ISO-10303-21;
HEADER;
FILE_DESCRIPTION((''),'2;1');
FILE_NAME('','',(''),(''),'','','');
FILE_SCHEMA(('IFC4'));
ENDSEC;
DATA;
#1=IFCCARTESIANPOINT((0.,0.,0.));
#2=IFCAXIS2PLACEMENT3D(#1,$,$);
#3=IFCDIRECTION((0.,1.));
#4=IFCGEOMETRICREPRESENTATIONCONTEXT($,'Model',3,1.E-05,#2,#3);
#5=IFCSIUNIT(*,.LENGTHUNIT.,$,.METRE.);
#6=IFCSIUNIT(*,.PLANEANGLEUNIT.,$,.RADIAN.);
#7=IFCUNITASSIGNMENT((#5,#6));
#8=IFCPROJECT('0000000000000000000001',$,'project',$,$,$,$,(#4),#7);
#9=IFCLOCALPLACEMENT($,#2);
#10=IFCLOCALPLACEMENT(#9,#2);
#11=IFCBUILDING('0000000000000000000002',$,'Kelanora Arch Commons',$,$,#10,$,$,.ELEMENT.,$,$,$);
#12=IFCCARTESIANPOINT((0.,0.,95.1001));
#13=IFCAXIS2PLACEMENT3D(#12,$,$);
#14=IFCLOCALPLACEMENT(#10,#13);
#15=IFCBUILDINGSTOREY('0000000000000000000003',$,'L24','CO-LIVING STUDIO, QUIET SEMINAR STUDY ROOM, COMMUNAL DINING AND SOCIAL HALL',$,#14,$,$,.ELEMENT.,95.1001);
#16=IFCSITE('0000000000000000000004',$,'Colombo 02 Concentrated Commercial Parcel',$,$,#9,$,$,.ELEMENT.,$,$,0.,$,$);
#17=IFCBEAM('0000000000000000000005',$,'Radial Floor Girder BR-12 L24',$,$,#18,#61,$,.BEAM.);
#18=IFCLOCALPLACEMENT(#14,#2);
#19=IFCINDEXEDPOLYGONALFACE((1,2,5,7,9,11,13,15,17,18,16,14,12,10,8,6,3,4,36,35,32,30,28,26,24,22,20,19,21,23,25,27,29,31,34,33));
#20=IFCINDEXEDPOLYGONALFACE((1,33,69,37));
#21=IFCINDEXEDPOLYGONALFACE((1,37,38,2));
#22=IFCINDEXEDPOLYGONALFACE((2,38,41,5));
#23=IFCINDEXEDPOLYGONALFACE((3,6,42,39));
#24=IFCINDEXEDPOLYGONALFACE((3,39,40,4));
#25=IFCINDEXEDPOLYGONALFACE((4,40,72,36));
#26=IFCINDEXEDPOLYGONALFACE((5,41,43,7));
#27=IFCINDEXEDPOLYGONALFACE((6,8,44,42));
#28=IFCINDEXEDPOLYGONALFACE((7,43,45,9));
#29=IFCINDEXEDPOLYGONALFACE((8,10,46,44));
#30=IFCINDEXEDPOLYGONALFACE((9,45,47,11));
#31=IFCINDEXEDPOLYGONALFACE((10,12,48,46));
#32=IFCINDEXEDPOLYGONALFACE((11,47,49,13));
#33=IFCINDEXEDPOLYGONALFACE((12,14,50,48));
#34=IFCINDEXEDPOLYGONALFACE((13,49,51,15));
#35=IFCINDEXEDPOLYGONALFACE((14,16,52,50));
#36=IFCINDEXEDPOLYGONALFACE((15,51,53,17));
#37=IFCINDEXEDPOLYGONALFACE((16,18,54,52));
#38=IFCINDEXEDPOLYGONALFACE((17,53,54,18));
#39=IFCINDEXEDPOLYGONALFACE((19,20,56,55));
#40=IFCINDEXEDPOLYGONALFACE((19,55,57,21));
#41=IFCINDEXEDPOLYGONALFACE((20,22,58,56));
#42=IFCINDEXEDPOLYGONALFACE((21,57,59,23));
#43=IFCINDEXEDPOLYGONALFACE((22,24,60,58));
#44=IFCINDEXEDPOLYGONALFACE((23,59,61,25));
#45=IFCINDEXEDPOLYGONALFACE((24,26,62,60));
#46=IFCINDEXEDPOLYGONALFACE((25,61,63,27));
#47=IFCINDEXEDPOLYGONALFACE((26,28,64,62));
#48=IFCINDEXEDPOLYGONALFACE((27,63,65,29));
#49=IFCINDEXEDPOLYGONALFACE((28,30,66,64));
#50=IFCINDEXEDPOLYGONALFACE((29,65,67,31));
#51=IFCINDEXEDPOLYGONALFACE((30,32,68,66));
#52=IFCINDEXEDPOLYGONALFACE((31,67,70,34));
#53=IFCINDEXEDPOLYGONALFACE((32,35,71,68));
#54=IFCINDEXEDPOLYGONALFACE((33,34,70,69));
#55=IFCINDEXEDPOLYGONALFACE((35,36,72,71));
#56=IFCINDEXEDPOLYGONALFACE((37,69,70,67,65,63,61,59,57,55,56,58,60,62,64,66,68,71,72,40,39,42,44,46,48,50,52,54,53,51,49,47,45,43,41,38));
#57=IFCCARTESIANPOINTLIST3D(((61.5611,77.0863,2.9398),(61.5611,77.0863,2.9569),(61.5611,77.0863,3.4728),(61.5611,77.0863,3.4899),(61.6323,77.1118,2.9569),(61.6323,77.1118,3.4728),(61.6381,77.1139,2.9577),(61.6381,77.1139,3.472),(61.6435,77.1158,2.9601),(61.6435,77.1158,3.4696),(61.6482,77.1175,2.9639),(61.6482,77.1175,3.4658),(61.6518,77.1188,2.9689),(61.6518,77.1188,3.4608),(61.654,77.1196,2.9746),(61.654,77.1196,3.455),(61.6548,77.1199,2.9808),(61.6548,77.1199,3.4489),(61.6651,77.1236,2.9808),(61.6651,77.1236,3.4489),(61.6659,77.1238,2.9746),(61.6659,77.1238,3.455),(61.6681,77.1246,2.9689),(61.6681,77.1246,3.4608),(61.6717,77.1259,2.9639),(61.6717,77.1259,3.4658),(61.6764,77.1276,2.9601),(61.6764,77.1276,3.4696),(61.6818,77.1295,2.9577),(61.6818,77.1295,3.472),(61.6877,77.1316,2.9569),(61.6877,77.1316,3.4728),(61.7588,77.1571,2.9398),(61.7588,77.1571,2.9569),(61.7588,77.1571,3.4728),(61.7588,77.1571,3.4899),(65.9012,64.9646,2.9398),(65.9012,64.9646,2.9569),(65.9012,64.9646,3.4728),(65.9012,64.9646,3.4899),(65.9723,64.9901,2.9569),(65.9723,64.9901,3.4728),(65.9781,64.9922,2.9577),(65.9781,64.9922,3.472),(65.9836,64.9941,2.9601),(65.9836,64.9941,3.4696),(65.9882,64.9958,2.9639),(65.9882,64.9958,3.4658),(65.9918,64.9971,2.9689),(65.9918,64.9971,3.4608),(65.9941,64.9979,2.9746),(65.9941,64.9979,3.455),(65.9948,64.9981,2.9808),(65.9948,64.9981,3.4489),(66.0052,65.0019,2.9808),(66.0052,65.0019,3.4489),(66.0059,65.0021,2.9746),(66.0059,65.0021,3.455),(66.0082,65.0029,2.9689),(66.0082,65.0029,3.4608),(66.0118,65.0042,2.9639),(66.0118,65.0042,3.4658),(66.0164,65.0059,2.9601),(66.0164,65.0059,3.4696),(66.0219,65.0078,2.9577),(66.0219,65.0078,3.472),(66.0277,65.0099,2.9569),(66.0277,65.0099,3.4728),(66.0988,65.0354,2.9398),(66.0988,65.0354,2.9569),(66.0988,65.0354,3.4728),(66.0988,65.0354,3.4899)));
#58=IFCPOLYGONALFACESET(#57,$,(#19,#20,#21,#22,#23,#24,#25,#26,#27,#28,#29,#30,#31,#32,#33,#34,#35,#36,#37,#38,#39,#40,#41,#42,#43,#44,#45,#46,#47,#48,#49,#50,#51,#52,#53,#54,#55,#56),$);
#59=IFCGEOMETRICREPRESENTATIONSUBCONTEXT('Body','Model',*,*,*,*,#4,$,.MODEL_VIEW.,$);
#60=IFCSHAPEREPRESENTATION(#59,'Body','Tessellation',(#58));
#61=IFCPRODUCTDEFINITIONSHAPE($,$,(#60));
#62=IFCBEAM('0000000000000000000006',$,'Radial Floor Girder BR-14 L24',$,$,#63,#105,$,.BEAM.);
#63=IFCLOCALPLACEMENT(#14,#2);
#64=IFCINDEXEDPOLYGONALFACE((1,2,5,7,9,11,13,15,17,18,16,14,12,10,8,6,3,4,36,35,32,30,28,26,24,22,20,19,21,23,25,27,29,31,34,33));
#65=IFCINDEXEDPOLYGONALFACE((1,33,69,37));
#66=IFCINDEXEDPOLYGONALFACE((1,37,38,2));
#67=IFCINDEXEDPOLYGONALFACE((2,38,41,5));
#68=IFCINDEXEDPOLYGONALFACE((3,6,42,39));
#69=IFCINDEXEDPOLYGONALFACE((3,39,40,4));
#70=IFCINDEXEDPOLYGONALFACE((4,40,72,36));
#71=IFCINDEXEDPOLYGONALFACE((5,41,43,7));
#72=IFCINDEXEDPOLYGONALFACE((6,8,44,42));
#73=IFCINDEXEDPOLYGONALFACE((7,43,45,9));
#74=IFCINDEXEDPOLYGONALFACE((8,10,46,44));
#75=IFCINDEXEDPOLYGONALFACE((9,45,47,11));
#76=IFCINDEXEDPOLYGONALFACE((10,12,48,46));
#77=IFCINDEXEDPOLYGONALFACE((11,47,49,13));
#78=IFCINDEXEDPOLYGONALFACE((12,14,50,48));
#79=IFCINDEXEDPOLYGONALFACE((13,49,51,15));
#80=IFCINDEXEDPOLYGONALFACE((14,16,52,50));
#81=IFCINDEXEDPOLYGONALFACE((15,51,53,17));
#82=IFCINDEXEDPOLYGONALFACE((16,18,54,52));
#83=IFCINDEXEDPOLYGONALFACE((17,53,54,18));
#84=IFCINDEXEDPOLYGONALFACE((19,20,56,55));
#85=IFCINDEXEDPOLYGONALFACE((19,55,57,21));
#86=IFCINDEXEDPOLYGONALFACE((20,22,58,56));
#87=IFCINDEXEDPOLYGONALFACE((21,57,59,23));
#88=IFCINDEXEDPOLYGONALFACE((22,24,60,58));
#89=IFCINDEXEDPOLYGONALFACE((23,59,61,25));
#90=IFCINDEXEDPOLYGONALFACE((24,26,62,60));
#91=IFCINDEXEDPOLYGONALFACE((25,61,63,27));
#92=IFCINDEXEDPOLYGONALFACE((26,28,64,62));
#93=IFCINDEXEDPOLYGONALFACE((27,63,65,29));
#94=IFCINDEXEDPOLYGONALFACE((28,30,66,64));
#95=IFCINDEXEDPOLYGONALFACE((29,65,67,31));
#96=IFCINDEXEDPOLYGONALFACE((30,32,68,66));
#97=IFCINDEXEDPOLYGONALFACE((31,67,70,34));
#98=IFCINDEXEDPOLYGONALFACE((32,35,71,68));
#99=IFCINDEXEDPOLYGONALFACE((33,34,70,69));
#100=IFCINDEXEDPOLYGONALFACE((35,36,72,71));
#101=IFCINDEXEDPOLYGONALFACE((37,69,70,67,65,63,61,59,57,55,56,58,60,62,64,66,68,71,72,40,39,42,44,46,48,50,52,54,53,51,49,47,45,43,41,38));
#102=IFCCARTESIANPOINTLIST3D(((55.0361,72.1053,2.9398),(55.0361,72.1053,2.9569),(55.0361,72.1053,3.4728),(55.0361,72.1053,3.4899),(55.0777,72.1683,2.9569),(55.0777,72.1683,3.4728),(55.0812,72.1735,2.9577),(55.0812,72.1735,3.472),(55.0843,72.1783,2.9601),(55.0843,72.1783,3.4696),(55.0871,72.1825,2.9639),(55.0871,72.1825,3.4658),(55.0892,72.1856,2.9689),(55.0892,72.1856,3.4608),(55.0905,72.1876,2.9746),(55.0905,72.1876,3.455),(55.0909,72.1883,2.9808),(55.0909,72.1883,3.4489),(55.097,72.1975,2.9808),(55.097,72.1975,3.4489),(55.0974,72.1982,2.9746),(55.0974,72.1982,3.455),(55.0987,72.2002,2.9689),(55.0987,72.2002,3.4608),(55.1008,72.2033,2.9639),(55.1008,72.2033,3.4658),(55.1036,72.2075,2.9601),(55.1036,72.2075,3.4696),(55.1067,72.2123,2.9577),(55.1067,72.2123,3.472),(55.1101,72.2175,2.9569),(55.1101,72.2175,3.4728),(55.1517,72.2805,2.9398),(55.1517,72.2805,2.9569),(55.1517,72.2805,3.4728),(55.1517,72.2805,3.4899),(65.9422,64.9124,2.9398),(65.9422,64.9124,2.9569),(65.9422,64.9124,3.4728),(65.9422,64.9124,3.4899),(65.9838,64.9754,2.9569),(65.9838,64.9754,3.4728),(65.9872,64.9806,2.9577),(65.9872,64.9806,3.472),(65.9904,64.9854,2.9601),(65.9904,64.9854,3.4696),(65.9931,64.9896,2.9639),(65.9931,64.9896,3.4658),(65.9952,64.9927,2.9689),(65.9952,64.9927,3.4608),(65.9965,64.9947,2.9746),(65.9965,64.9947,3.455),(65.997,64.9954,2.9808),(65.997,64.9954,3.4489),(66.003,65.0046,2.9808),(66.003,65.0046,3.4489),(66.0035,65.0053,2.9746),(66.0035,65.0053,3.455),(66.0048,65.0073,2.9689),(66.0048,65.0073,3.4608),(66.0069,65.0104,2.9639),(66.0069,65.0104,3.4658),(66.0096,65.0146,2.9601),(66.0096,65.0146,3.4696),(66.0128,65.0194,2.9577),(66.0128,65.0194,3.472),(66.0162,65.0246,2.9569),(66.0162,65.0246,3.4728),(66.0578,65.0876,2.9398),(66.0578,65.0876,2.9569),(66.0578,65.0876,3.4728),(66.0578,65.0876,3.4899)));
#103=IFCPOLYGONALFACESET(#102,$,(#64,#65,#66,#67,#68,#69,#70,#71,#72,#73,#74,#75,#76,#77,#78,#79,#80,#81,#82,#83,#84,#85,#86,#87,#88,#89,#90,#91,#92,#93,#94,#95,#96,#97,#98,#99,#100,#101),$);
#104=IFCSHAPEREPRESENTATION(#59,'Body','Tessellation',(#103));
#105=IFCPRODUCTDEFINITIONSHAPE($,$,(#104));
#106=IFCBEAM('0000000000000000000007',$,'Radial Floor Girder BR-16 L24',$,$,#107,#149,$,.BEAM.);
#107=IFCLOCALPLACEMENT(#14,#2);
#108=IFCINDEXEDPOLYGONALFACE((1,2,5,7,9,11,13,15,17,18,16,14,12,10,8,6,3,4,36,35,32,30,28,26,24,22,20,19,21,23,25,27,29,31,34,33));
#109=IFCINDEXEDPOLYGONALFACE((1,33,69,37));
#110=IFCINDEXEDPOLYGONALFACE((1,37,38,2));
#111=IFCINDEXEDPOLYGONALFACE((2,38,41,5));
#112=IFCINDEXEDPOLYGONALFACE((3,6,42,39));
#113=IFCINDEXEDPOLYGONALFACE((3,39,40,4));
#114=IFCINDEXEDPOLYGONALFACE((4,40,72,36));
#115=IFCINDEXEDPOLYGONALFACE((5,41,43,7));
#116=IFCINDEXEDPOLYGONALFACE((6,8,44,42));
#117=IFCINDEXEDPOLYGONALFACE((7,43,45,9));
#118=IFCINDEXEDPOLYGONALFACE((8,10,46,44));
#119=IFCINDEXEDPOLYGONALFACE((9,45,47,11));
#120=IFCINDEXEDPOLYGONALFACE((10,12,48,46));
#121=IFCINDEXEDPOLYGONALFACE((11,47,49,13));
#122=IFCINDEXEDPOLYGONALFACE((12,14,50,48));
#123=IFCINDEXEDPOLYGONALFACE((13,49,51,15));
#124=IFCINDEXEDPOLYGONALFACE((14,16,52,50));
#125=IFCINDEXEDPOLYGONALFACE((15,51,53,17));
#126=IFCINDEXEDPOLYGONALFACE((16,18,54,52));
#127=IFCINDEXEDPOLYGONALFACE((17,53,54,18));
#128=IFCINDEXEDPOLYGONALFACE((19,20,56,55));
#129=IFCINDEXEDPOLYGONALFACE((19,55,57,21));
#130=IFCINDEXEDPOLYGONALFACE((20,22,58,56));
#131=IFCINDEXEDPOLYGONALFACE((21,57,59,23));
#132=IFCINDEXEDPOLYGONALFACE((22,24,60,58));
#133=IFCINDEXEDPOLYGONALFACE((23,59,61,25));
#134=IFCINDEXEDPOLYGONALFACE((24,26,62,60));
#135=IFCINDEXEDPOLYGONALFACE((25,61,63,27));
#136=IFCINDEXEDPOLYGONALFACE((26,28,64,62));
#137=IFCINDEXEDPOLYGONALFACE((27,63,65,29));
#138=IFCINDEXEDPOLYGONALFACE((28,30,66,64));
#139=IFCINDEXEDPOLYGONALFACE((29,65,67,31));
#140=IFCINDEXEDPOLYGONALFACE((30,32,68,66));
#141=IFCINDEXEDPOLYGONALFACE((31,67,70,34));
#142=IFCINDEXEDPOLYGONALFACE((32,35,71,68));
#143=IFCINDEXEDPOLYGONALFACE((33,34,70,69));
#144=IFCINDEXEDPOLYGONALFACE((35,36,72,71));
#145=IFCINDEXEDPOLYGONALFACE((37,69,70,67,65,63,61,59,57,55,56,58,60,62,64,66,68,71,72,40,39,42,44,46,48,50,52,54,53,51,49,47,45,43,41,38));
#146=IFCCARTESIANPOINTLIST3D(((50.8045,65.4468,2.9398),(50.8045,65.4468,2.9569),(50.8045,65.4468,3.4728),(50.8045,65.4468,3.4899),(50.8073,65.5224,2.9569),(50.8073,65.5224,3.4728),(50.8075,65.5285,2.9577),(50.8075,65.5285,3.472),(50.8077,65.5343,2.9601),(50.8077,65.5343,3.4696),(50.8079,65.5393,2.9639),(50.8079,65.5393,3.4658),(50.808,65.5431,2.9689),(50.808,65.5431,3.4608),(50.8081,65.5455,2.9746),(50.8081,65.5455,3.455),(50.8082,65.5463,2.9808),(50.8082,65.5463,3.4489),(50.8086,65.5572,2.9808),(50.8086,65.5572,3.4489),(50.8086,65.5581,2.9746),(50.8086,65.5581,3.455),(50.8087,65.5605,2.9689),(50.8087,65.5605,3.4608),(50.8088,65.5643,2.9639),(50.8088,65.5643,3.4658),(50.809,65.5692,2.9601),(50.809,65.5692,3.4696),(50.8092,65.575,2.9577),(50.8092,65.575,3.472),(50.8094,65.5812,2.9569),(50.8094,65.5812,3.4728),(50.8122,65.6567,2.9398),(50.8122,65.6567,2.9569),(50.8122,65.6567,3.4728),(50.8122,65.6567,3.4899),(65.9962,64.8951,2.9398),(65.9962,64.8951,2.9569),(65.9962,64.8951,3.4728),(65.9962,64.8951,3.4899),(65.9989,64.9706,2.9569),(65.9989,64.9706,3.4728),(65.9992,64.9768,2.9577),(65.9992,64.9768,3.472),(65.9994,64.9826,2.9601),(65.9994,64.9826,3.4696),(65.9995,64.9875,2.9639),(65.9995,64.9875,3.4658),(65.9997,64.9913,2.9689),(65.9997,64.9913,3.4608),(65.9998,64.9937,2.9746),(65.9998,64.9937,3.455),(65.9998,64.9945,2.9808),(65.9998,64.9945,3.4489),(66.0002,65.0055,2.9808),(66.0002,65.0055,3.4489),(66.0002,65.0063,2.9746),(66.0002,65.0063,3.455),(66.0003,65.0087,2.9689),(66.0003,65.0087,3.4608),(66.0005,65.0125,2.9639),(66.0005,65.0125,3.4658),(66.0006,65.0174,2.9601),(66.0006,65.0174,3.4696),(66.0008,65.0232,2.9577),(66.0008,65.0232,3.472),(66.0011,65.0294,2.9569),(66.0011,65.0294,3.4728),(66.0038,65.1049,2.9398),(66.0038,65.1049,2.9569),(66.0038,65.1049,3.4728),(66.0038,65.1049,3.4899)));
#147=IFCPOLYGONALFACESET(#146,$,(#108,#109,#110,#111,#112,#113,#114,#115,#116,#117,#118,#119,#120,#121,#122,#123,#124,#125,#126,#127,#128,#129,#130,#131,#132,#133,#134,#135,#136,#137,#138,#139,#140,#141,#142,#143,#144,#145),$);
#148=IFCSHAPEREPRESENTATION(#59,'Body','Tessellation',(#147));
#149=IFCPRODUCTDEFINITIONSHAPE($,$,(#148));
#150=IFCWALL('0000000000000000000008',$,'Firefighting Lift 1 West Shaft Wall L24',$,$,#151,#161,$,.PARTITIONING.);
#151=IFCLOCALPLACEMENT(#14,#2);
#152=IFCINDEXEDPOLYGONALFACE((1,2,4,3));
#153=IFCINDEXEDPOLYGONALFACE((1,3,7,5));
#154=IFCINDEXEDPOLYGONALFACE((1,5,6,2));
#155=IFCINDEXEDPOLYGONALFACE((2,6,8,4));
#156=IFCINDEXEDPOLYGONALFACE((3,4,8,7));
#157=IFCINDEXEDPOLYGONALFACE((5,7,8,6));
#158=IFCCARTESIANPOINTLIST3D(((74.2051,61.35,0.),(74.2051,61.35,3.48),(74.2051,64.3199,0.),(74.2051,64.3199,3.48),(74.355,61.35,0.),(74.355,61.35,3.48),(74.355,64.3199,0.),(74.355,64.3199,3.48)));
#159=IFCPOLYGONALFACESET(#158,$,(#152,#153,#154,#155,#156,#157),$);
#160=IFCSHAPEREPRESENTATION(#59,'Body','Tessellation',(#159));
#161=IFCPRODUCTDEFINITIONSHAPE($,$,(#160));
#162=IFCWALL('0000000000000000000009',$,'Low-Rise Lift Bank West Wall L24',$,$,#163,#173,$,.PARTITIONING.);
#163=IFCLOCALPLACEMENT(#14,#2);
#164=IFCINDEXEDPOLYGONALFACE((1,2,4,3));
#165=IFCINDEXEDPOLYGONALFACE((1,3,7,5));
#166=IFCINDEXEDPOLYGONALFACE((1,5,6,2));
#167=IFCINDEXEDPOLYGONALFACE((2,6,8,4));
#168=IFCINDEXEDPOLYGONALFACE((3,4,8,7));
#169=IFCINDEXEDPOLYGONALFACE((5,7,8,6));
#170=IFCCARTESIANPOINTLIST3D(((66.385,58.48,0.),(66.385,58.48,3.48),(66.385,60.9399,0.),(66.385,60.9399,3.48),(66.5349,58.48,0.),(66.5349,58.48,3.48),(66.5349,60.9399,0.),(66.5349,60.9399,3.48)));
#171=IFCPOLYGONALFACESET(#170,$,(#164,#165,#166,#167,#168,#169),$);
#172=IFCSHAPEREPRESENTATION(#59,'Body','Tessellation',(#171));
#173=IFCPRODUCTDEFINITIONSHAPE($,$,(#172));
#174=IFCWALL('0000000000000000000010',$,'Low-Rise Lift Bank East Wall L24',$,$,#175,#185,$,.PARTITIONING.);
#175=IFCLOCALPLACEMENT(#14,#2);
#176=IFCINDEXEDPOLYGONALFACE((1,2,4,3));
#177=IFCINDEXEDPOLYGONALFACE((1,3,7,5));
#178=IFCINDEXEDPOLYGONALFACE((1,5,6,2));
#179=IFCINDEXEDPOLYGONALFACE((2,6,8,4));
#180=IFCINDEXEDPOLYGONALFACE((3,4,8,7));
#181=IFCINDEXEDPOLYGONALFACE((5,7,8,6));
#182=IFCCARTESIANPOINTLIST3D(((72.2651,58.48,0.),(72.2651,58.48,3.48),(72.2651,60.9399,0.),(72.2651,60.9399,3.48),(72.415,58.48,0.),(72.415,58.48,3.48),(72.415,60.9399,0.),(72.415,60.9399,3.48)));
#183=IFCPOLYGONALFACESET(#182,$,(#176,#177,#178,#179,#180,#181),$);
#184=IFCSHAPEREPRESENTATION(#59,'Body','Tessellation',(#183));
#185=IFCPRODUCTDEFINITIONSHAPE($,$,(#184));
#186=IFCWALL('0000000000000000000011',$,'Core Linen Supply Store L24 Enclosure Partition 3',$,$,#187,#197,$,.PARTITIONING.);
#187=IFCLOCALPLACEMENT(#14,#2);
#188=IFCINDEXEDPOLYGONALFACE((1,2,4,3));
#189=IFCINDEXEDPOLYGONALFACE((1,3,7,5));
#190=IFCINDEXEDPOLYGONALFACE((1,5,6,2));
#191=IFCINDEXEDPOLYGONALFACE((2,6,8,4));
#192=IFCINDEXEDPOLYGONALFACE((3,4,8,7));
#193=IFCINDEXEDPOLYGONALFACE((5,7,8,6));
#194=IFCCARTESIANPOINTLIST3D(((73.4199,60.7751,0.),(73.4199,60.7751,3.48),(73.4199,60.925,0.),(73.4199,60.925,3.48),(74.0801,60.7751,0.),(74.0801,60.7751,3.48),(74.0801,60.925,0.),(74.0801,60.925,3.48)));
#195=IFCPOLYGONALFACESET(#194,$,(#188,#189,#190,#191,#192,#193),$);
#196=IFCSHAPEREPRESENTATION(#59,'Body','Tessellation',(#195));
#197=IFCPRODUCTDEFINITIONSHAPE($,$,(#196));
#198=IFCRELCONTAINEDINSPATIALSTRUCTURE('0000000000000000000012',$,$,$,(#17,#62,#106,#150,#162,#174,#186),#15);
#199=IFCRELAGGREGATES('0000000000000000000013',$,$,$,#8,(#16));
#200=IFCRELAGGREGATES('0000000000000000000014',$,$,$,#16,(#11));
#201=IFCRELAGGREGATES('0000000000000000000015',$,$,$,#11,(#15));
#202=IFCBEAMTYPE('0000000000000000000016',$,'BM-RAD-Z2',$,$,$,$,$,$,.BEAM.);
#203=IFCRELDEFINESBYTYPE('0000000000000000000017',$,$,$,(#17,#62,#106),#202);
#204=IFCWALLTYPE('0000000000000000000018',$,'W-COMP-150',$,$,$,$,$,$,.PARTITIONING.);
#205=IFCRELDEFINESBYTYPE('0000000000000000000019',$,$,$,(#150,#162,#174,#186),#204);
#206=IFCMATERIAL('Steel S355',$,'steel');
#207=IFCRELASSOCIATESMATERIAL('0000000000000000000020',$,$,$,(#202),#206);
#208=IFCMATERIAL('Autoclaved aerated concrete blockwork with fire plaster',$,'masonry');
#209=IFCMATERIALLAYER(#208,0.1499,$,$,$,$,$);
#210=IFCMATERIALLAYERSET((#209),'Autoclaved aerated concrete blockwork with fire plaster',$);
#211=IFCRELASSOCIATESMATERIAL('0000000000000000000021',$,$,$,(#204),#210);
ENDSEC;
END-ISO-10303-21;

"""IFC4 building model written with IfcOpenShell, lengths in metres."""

from ifc_helpers import new_model, si_unit, direction, frame, frame_2d, origin, origin_2d, place, context, subcontext, project, spatial, rectangle, i_section, extrude, material, layer, layer_set, material_profile, profile_set, type_object, element, save


model = new_model("IFC4")

# Units and contexts
model_context = context("Model", 3, precision=1e-05, world=origin(), true_north=direction((0.0, 1.0)))
body_context = subcontext(model_context, "Body", "Model", "MODEL_VIEW")
ifc_project = project(units=[si_unit("LENGTHUNIT", "METRE"), si_unit("PLANEANGLEUNIT", "RADIAN")], contexts=[model_context])

# Site, building, storey
site_placement = place(None, origin())
site = spatial("IfcSite", under=ifc_project, at=site_placement, Name="Colombo 02 Concentrated Commercial Parcel", CompositionType="ELEMENT", RefElevation=0.0)
building_placement = place(site_placement, origin())
building = spatial("IfcBuilding", under=site, at=building_placement, Name="Kelanora Arch Commons", CompositionType="ELEMENT")
storey_placement = place(building_placement, frame((0.0, 0.0, 95.1001)))
storey = spatial("IfcBuildingStorey", under=building, at=storey_placement, Name="L24", Description="CO-LIVING STUDIO, QUIET SEMINAR STUDY ROOM, COMMUNAL DINING AND SOCIAL HALL", CompositionType="ELEMENT", Elevation=95.1001)

# Beams
ifc_material_1 = material(Name="Steel S355", Category="steel")
ifc_material_profile_1 = material_profile(ifc_material_1, i_section(OverallWidth=0.21, OverallDepth=0.55, WebThickness=0.011, FlangeThickness=0.0171, FilletRadius=0.0239, at=origin_2d()), Name="IPE550")
ifc_profile_set_1 = profile_set([ifc_material_profile_1], Name="Steel S355")
beam_type_1 = type_object("IfcBeamType", Name="BM-RAD-Z2", PredefinedType="BEAM", material=ifc_profile_set_1)
beam_1_placement = place(storey_placement, frame((66.0, 65.0, 3.2148), z_axis=(-0.337085, 0.941474, 0.0), x_axis=(-0.941474, -0.337085, 0.0)))
element("IfcBeam", 1, at=beam_1_placement, inside=storey, type_object=beam_type_1, Name="Radial Floor Girder BR-12 L24", PredefinedType="BEAM", context=body_context, shape_type="SweptSolid", body=[
    extrude(i_section(OverallWidth=0.21, OverallDepth=0.55, WebThickness=0.011, FlangeThickness=0.0171, FilletRadius=0.0239, at=origin_2d()), origin(), (0.0, 0.0, 1.0), 12.8752),
])
beam_2_placement = place(storey_placement, frame((66.0, 65.0, 3.2148), z_axis=(-0.834789, 0.550571, 0.0), x_axis=(-0.550571, -0.834789, 0.0)))
element("IfcBeam", 2, at=beam_2_placement, inside=storey, type_object=beam_type_1, Name="Radial Floor Girder BR-14 L24", PredefinedType="BEAM", context=body_context, shape_type="SweptSolid", body=[
    extrude(i_section(OverallWidth=0.21, OverallDepth=0.55, WebThickness=0.011, FlangeThickness=0.0171, FilletRadius=0.0239, at=origin_2d()), origin(), (0.0, 0.0, 1.0), 13.0645),
])
beam_3_placement = place(storey_placement, frame((66.0, 65.0, 3.2148), z_axis=(-0.999341, 0.036296, 0.0), x_axis=(-0.036296, -0.999341, 0.0)))
element("IfcBeam", 3, at=beam_3_placement, inside=storey, type_object=beam_type_1, Name="Radial Floor Girder BR-16 L24", PredefinedType="BEAM", context=body_context, shape_type="SweptSolid", body=[
    extrude(i_section(OverallWidth=0.21, OverallDepth=0.55, WebThickness=0.011, FlangeThickness=0.0171, FilletRadius=0.0239, at=origin_2d()), origin(), (0.0, 0.0, 1.0), 15.2017),
])

# Walls
ifc_material_2 = material(Name="Autoclaved aerated concrete blockwork with fire plaster", Category="masonry")
ifc_layer_1 = layer(ifc_material_2, 0.1499)
ifc_layer_set_1 = layer_set([ifc_layer_1], Name="Autoclaved aerated concrete blockwork with fire plaster")
wall_type_1 = type_object("IfcWallType", Name="W-COMP-150", PredefinedType="PARTITIONING", material=ifc_layer_set_1)
wall_1_placement = place(storey_placement, frame((74.28, 61.3501, 0.0), z_axis=(0.0, 0.0, 1.0), x_axis=(0.0, 1.0, 0.0)))
element("IfcWall", 4, at=wall_1_placement, inside=storey, type_object=wall_type_1, Name="Firefighting Lift 1 West Shaft Wall L24", PredefinedType="PARTITIONING", context=body_context, shape_type="SweptSolid", body=[
    extrude(rectangle(XDim=2.97, YDim=0.1499, at=frame_2d((1.4849, 0.0))), origin(), (0.0, 0.0, 1.0), 3.48),
])
for number, where, z_axis, x_axis, name in (
    (5, (66.46, 58.48, 0.0), (0.0, 0.0, 1.0), (0.0, 1.0, 0.0), "Low-Rise Lift Bank West Wall L24"),
    (6, (72.3401, 58.48, 0.0), (0.0, 0.0, 1.0), (0.0, 1.0, 0.0), "Low-Rise Lift Bank East Wall L24"),
):
    element("IfcWall", number, at=place(storey_placement, frame(where, z_axis=z_axis, x_axis=x_axis)), inside=storey, type_object=wall_type_1, Name=name, PredefinedType="PARTITIONING", context=body_context, shape_type="SweptSolid", body=[
        extrude(rectangle(XDim=2.46, YDim=0.1499, at=frame_2d((1.23, 0.0))), origin(), (0.0, 0.0, 1.0), 3.48),
    ])
wall_2_placement = place(storey_placement, frame((74.0801, 60.8501, 0.0), z_axis=(0.0, 0.0, 1.0), x_axis=(-1.0, 0.0, 0.0)))
element("IfcWall", 7, at=wall_2_placement, inside=storey, type_object=wall_type_1, Name="Core Linen Supply Store L24 Enclosure Partition 3", PredefinedType="PARTITIONING", context=body_context, shape_type="SweptSolid", body=[
    extrude(rectangle(XDim=0.6602, YDim=0.1499, at=frame_2d((0.3301, 0.0))), origin(), (0.0, 0.0, 1.0), 3.48),
])

save(model, "model.ifc")
